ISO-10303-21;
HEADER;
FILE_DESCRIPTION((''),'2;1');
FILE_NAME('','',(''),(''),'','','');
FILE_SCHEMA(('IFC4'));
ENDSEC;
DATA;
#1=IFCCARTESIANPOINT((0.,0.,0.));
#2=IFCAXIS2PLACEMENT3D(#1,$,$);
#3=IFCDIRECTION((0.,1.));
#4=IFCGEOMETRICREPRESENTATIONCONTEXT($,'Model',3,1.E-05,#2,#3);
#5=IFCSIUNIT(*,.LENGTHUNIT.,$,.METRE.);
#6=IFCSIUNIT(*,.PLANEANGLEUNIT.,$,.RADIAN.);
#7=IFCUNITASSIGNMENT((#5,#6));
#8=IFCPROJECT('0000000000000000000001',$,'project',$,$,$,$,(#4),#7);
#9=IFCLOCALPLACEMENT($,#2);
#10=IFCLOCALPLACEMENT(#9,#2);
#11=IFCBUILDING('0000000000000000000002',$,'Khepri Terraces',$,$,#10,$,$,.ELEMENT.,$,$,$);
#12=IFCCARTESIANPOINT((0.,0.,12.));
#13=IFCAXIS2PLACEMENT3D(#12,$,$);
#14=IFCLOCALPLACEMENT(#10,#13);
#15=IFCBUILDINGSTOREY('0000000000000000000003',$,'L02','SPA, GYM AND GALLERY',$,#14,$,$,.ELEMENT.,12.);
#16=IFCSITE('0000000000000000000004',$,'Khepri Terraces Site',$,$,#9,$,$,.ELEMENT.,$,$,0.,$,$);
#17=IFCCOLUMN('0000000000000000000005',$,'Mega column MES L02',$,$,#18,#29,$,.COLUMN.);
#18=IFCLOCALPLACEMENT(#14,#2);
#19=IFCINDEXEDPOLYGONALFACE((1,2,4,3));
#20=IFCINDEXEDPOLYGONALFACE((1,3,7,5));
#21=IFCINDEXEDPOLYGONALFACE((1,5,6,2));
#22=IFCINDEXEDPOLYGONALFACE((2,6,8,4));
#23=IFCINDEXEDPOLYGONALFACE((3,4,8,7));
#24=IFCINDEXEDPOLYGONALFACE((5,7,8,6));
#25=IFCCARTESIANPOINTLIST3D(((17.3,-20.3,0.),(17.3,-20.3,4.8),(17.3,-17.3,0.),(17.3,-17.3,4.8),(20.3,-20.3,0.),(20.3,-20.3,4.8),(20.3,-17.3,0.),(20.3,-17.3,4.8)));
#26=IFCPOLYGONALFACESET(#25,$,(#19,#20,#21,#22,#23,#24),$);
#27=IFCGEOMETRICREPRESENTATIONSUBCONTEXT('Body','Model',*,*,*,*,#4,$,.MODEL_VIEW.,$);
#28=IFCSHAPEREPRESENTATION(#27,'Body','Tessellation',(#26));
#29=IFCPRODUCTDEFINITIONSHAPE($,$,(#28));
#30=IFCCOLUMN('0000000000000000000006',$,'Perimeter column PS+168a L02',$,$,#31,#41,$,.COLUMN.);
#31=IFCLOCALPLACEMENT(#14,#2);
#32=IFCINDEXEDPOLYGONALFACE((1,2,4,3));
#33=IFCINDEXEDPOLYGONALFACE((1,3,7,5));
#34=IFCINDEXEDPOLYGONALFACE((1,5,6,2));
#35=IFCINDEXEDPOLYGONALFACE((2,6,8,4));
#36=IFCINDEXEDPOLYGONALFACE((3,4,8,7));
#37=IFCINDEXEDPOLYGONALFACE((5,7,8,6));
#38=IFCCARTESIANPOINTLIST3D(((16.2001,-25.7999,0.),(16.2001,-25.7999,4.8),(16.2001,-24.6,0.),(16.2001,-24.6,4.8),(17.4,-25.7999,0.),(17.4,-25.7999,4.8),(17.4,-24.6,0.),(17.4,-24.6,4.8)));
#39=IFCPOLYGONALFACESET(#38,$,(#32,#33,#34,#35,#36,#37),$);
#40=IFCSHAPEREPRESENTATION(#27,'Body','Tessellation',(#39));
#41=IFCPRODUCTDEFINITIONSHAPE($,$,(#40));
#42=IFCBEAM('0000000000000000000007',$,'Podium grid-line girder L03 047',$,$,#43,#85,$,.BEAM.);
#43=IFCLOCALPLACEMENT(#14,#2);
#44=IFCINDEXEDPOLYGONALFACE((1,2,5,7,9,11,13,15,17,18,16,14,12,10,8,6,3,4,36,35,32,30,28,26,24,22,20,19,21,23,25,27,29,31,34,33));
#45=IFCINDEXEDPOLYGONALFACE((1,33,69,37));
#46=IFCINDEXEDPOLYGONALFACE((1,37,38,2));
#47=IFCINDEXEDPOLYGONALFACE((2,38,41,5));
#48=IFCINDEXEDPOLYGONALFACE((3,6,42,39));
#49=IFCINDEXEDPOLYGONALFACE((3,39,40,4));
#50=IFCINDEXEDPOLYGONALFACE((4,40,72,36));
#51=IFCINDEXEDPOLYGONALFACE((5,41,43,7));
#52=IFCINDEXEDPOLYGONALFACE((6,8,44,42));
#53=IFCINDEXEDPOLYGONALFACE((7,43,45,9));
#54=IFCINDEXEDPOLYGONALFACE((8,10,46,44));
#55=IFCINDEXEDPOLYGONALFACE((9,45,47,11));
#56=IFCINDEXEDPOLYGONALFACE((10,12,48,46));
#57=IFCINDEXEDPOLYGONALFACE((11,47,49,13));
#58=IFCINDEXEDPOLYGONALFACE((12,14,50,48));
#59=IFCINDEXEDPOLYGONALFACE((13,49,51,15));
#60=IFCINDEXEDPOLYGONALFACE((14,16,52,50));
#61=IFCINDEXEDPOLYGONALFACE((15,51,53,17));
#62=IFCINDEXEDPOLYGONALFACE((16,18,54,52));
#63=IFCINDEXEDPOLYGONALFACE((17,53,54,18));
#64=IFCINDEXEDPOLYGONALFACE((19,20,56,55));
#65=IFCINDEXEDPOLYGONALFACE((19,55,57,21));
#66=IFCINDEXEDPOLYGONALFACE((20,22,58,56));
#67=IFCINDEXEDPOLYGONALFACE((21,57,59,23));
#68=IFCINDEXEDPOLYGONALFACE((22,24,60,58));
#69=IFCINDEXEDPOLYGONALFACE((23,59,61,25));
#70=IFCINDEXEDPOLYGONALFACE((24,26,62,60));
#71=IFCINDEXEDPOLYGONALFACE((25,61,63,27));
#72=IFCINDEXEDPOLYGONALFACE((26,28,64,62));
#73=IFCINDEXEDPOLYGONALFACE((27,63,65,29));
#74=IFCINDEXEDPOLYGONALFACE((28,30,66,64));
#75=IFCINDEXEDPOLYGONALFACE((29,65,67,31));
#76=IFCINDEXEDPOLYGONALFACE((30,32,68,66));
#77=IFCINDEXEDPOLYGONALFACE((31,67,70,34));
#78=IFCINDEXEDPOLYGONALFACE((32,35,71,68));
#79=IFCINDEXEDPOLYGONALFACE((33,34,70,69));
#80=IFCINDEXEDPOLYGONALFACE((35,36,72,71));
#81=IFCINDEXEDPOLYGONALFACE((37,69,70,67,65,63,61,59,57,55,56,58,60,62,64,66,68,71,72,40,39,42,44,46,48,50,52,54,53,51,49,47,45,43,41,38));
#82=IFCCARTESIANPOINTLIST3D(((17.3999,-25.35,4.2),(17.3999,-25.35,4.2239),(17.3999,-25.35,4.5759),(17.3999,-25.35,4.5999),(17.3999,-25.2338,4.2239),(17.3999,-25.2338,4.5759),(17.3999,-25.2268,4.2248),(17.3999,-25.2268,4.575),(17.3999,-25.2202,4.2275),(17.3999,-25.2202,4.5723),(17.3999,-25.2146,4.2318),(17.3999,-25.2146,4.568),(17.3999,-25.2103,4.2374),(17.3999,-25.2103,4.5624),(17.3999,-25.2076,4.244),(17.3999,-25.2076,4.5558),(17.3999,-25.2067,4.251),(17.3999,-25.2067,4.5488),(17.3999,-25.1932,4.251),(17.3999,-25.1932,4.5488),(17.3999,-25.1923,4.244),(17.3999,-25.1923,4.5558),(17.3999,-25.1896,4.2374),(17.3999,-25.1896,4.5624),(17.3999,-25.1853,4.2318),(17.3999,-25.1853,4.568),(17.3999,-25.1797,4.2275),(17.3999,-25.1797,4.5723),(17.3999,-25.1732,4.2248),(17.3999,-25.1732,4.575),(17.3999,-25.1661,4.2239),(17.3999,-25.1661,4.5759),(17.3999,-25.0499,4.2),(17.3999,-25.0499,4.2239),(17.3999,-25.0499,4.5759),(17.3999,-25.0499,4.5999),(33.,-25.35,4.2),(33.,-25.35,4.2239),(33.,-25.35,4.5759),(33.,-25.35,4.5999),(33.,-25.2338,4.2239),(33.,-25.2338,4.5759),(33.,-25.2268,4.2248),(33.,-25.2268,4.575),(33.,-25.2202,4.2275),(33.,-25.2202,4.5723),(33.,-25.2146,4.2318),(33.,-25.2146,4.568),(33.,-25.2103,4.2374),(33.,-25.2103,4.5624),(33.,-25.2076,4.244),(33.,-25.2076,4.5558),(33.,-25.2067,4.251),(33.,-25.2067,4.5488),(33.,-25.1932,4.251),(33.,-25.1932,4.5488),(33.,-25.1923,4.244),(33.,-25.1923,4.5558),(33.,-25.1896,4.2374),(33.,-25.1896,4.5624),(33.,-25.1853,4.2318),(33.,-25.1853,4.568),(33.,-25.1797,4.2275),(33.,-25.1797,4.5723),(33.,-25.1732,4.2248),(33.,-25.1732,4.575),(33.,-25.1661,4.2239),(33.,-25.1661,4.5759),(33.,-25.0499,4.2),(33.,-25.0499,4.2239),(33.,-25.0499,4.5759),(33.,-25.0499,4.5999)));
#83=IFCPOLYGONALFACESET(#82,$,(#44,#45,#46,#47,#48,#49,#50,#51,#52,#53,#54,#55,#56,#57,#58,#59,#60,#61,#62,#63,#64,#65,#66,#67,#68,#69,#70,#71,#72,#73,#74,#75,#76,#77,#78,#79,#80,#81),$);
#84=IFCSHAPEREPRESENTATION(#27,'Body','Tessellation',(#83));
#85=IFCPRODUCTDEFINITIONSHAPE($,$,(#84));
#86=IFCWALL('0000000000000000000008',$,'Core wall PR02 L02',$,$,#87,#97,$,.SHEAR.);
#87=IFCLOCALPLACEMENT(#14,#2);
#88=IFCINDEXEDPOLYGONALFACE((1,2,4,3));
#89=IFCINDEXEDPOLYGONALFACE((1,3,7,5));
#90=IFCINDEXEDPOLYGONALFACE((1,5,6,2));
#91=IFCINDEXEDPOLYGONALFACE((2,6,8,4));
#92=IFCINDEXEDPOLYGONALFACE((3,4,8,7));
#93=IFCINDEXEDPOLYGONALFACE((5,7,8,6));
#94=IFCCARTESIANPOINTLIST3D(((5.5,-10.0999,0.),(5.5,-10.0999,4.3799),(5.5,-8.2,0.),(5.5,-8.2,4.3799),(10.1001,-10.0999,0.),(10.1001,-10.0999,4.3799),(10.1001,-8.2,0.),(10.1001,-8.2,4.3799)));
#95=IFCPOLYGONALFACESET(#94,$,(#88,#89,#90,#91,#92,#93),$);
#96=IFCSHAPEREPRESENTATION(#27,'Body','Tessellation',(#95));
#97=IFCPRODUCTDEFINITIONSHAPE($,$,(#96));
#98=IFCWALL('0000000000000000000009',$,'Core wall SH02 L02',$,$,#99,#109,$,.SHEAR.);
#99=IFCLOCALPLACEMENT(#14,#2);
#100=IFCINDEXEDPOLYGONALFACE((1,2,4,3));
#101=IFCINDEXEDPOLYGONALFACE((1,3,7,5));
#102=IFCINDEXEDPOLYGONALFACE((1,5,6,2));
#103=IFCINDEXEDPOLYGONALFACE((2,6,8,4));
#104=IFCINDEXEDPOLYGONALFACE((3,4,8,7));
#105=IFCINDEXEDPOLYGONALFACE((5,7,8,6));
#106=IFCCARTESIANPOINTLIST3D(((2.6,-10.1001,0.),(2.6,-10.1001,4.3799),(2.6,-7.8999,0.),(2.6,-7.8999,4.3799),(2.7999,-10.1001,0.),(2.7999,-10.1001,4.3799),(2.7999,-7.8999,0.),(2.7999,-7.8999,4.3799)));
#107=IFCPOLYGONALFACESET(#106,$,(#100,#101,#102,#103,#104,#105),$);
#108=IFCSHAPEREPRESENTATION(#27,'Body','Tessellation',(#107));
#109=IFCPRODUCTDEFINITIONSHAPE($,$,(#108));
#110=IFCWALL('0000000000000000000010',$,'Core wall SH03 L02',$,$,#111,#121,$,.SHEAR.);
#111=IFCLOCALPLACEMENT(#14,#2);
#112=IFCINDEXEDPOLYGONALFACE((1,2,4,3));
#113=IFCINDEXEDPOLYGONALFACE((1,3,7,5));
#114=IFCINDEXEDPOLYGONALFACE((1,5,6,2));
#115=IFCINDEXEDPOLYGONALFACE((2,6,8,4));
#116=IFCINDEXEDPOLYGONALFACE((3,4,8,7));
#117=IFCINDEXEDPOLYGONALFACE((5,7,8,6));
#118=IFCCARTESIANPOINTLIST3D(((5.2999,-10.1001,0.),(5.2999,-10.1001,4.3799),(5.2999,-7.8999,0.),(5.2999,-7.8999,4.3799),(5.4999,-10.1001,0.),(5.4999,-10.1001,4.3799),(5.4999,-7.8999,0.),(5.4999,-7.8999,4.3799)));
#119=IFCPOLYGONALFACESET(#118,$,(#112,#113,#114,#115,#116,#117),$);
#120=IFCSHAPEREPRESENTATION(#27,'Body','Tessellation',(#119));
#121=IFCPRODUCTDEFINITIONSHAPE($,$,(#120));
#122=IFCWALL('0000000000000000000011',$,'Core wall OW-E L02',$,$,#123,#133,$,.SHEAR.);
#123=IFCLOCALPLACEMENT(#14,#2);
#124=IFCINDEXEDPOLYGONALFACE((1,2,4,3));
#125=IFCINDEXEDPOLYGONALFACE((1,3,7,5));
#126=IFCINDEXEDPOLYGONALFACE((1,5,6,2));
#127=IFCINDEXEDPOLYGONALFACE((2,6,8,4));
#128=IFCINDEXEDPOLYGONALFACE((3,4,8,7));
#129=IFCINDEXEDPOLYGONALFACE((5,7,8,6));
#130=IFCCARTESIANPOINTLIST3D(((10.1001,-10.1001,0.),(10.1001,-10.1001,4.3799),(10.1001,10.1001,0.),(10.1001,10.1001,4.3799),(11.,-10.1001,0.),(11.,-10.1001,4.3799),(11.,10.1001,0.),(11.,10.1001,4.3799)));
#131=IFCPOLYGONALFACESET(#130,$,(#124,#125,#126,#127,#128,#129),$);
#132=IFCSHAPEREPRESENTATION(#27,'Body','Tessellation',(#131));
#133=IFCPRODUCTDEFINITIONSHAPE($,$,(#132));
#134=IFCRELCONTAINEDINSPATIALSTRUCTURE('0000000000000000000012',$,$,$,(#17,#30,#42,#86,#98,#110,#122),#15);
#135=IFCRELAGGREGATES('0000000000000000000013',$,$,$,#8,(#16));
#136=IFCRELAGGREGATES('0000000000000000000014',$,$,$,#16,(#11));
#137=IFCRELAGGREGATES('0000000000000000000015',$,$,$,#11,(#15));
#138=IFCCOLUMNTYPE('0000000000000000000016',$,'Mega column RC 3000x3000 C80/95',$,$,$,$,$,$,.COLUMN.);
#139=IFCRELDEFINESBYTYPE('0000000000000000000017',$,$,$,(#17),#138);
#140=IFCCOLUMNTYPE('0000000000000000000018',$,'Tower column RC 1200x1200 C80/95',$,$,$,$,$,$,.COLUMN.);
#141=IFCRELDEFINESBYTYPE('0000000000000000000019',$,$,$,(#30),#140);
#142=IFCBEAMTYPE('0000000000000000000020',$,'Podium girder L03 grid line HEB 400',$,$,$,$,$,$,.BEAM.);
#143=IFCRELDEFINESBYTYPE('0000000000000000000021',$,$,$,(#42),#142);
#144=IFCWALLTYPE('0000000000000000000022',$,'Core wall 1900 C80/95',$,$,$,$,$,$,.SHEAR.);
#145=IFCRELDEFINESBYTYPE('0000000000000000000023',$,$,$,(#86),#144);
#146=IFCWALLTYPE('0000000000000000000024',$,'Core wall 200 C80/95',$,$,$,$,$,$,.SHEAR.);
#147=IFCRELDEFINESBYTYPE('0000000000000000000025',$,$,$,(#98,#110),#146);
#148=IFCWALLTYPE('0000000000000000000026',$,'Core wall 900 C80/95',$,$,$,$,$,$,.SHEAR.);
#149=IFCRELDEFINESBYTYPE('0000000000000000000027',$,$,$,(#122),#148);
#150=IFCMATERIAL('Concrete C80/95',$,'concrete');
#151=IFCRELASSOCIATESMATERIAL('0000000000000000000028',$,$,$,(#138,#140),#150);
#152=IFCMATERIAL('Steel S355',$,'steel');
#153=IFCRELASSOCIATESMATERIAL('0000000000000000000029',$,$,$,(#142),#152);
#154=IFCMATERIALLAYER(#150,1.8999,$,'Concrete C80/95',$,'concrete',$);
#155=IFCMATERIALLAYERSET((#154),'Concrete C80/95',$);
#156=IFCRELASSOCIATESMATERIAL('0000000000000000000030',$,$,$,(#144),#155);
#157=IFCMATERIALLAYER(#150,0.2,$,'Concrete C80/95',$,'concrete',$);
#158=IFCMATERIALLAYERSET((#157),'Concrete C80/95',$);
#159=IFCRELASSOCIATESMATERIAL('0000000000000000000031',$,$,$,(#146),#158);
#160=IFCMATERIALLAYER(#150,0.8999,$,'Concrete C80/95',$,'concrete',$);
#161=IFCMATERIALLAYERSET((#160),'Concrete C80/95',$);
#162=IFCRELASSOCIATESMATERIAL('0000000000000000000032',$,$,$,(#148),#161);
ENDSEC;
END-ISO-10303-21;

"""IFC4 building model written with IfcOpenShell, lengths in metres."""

from ifc_helpers import new_model, si_unit, direction, frame, frame_2d, origin, origin_2d, place, context, subcontext, project, spatial, rectangle, i_section, extrude, material, layer, layer_set, material_profile, profile_set, type_object, element, save


model = new_model("IFC4")

# Units and contexts
model_context = context("Model", 3, precision=1e-05, world=origin(), true_north=direction((0.0, 1.0)))
body_context = subcontext(model_context, "Body", "Model", "MODEL_VIEW")
ifc_project = project(units=[si_unit("LENGTHUNIT", "METRE"), si_unit("PLANEANGLEUNIT", "RADIAN")], contexts=[model_context])

# Site, building, storey
site_placement = place(None, origin())
site = spatial("IfcSite", under=ifc_project, at=site_placement, Name="Khepri Terraces Site", CompositionType="ELEMENT", RefElevation=0.0)
building_placement = place(site_placement, origin())
building = spatial("IfcBuilding", under=site, at=building_placement, Name="Khepri Terraces", CompositionType="ELEMENT")
storey_placement = place(building_placement, frame((0.0, 0.0, 12.0)))
storey = spatial("IfcBuildingStorey", under=building, at=storey_placement, Name="L02", Description="SPA, GYM AND GALLERY", CompositionType="ELEMENT", Elevation=12.0)

# Columns
ifc_material_1 = material(Name="Concrete C80/95", Category="concrete")
ifc_material_profile_1 = material_profile(ifc_material_1, rectangle(XDim=3.0, YDim=3.0, at=origin_2d()), Name="Concrete C80/95", Category="concrete")
ifc_profile_set_1 = profile_set([ifc_material_profile_1], Name="Concrete C80/95")
column_type_1 = type_object("IfcColumnType", Name="Mega column RC 3000x3000 C80/95", PredefinedType="COLUMN", material=ifc_profile_set_1)
column_1_placement = place(storey_placement, frame((18.8, -18.8, 0.0), z_axis=(0.0, 0.0, 1.0), x_axis=(1.0, 0.0, 0.0)))
element("IfcColumn", 1, at=column_1_placement, inside=storey, type_object=column_type_1, Name="Mega column MES L02", PredefinedType="COLUMN", context=body_context, shape_type="SweptSolid", body=[
    extrude(rectangle(XDim=3.0, YDim=3.0, at=origin_2d()), origin(), (0.0, 0.0, 1.0), 4.8),
])
ifc_material_profile_2 = material_profile(ifc_material_1, rectangle(XDim=1.2, YDim=1.2, at=origin_2d()), Name="Concrete C80/95", Category="concrete")
ifc_profile_set_2 = profile_set([ifc_material_profile_2], Name="Concrete C80/95")
column_type_2 = type_object("IfcColumnType", Name="Tower column RC 1200x1200 C80/95", PredefinedType="COLUMN", material=ifc_profile_set_2)
column_2_placement = place(storey_placement, frame((16.8, -25.2, 0.0), z_axis=(0.0, 0.0, 1.0), x_axis=(1.0, 0.0, 0.0)))
element("IfcColumn", 2, at=column_2_placement, inside=storey, type_object=column_type_2, Name="Perimeter column PS+168a L02", PredefinedType="COLUMN", context=body_context, shape_type="SweptSolid", body=[
    extrude(rectangle(XDim=1.2, YDim=1.2, at=origin_2d()), origin(), (0.0, 0.0, 1.0), 4.8),
])

# Beam
ifc_material_2 = material(Name="Steel S355", Category="steel")
ifc_material_profile_3 = material_profile(ifc_material_2, i_section(OverallWidth=0.3, OverallDepth=0.3999, WebThickness=0.0134, FlangeThickness=0.0239, FilletRadius=0.0271, at=origin_2d()), Name="Steel S355", Category="steel")
ifc_profile_set_3 = profile_set([ifc_material_profile_3], Name="Steel S355")
beam_type = type_object("IfcBeamType", Name="Podium girder L03 grid line HEB 400", PredefinedType="BEAM", material=ifc_profile_set_3)
beam_placement = place(storey_placement, frame((17.3999, -25.2, 4.3999), z_axis=(1.0, 0.0, 0.0), x_axis=(0.0, 1.0, 0.0)))
element("IfcBeam", 3, at=beam_placement, inside=storey, type_object=beam_type, Name="Podium grid-line girder L03 047", PredefinedType="BEAM", context=body_context, shape_type="SweptSolid", body=[
    extrude(i_section(OverallWidth=0.3, OverallDepth=0.3999, WebThickness=0.0134, FlangeThickness=0.0239, FilletRadius=0.0271, at=origin_2d()), origin(), (0.0, 0.0, 1.0), 15.6001),
])

# Walls
ifc_layer_1 = layer(ifc_material_1, 1.8999, Name="Concrete C80/95", Category="concrete")
ifc_layer_set_1 = layer_set([ifc_layer_1], Name="Concrete C80/95")
wall_type_1 = type_object("IfcWallType", Name="Core wall 1900 C80/95", PredefinedType="SHEAR", material=ifc_layer_set_1)
wall_1_placement = place(storey_placement, frame((5.5, -9.1499, 0.0), z_axis=(0.0, 0.0, 1.0), x_axis=(1.0, 0.0, 0.0)))
element("IfcWall", 4, at=wall_1_placement, inside=storey, type_object=wall_type_1, Name="Core wall PR02 L02", PredefinedType="SHEAR", context=body_context, shape_type="SweptSolid", body=[
    extrude(rectangle(XDim=4.6001, YDim=1.8999, at=frame_2d((2.3, 0.0))), origin(), (0.0, 0.0, 1.0), 4.3799),
])
ifc_layer_2 = layer(ifc_material_1, 0.2, Name="Concrete C80/95", Category="concrete")
ifc_layer_set_2 = layer_set([ifc_layer_2], Name="Concrete C80/95")
wall_type_2 = type_object("IfcWallType", Name="Core wall 200 C80/95", PredefinedType="SHEAR", material=ifc_layer_set_2)
for number, where, z_axis, x_axis, name in (
    (5, (2.7, -10.1001, 0.0), (0.0, 0.0, 1.0), (0.0, 1.0, 0.0), "Core wall SH02 L02"),
    (6, (5.3999, -10.1001, 0.0), (0.0, 0.0, 1.0), (0.0, 1.0, 0.0), "Core wall SH03 L02"),
):
    element("IfcWall", number, at=place(storey_placement, frame(where, z_axis=z_axis, x_axis=x_axis)), inside=storey, type_object=wall_type_2, Name=name, PredefinedType="SHEAR", context=body_context, shape_type="SweptSolid", body=[
        extrude(rectangle(XDim=2.2002, YDim=0.2, at=frame_2d((1.1001, 0.0))), origin(), (0.0, 0.0, 1.0), 4.3799),
    ])
ifc_layer_3 = layer(ifc_material_1, 0.8999, Name="Concrete C80/95", Category="concrete")
ifc_layer_set_3 = layer_set([ifc_layer_3], Name="Concrete C80/95")
wall_type_3 = type_object("IfcWallType", Name="Core wall 900 C80/95", PredefinedType="SHEAR", material=ifc_layer_set_3)
wall_2_placement = place(storey_placement, frame((10.55, -10.1001, 0.0), z_axis=(0.0, 0.0, 1.0), x_axis=(0.0, 1.0, 0.0)))
element("IfcWall", 7, at=wall_2_placement, inside=storey, type_object=wall_type_3, Name="Core wall OW-E L02", PredefinedType="SHEAR", context=body_context, shape_type="SweptSolid", body=[
    extrude(rectangle(XDim=20.2002, YDim=0.8999, at=frame_2d((10.1001, 0.0))), origin(), (0.0, 0.0, 1.0), 4.3799),
])

save(model, "model.ifc")
